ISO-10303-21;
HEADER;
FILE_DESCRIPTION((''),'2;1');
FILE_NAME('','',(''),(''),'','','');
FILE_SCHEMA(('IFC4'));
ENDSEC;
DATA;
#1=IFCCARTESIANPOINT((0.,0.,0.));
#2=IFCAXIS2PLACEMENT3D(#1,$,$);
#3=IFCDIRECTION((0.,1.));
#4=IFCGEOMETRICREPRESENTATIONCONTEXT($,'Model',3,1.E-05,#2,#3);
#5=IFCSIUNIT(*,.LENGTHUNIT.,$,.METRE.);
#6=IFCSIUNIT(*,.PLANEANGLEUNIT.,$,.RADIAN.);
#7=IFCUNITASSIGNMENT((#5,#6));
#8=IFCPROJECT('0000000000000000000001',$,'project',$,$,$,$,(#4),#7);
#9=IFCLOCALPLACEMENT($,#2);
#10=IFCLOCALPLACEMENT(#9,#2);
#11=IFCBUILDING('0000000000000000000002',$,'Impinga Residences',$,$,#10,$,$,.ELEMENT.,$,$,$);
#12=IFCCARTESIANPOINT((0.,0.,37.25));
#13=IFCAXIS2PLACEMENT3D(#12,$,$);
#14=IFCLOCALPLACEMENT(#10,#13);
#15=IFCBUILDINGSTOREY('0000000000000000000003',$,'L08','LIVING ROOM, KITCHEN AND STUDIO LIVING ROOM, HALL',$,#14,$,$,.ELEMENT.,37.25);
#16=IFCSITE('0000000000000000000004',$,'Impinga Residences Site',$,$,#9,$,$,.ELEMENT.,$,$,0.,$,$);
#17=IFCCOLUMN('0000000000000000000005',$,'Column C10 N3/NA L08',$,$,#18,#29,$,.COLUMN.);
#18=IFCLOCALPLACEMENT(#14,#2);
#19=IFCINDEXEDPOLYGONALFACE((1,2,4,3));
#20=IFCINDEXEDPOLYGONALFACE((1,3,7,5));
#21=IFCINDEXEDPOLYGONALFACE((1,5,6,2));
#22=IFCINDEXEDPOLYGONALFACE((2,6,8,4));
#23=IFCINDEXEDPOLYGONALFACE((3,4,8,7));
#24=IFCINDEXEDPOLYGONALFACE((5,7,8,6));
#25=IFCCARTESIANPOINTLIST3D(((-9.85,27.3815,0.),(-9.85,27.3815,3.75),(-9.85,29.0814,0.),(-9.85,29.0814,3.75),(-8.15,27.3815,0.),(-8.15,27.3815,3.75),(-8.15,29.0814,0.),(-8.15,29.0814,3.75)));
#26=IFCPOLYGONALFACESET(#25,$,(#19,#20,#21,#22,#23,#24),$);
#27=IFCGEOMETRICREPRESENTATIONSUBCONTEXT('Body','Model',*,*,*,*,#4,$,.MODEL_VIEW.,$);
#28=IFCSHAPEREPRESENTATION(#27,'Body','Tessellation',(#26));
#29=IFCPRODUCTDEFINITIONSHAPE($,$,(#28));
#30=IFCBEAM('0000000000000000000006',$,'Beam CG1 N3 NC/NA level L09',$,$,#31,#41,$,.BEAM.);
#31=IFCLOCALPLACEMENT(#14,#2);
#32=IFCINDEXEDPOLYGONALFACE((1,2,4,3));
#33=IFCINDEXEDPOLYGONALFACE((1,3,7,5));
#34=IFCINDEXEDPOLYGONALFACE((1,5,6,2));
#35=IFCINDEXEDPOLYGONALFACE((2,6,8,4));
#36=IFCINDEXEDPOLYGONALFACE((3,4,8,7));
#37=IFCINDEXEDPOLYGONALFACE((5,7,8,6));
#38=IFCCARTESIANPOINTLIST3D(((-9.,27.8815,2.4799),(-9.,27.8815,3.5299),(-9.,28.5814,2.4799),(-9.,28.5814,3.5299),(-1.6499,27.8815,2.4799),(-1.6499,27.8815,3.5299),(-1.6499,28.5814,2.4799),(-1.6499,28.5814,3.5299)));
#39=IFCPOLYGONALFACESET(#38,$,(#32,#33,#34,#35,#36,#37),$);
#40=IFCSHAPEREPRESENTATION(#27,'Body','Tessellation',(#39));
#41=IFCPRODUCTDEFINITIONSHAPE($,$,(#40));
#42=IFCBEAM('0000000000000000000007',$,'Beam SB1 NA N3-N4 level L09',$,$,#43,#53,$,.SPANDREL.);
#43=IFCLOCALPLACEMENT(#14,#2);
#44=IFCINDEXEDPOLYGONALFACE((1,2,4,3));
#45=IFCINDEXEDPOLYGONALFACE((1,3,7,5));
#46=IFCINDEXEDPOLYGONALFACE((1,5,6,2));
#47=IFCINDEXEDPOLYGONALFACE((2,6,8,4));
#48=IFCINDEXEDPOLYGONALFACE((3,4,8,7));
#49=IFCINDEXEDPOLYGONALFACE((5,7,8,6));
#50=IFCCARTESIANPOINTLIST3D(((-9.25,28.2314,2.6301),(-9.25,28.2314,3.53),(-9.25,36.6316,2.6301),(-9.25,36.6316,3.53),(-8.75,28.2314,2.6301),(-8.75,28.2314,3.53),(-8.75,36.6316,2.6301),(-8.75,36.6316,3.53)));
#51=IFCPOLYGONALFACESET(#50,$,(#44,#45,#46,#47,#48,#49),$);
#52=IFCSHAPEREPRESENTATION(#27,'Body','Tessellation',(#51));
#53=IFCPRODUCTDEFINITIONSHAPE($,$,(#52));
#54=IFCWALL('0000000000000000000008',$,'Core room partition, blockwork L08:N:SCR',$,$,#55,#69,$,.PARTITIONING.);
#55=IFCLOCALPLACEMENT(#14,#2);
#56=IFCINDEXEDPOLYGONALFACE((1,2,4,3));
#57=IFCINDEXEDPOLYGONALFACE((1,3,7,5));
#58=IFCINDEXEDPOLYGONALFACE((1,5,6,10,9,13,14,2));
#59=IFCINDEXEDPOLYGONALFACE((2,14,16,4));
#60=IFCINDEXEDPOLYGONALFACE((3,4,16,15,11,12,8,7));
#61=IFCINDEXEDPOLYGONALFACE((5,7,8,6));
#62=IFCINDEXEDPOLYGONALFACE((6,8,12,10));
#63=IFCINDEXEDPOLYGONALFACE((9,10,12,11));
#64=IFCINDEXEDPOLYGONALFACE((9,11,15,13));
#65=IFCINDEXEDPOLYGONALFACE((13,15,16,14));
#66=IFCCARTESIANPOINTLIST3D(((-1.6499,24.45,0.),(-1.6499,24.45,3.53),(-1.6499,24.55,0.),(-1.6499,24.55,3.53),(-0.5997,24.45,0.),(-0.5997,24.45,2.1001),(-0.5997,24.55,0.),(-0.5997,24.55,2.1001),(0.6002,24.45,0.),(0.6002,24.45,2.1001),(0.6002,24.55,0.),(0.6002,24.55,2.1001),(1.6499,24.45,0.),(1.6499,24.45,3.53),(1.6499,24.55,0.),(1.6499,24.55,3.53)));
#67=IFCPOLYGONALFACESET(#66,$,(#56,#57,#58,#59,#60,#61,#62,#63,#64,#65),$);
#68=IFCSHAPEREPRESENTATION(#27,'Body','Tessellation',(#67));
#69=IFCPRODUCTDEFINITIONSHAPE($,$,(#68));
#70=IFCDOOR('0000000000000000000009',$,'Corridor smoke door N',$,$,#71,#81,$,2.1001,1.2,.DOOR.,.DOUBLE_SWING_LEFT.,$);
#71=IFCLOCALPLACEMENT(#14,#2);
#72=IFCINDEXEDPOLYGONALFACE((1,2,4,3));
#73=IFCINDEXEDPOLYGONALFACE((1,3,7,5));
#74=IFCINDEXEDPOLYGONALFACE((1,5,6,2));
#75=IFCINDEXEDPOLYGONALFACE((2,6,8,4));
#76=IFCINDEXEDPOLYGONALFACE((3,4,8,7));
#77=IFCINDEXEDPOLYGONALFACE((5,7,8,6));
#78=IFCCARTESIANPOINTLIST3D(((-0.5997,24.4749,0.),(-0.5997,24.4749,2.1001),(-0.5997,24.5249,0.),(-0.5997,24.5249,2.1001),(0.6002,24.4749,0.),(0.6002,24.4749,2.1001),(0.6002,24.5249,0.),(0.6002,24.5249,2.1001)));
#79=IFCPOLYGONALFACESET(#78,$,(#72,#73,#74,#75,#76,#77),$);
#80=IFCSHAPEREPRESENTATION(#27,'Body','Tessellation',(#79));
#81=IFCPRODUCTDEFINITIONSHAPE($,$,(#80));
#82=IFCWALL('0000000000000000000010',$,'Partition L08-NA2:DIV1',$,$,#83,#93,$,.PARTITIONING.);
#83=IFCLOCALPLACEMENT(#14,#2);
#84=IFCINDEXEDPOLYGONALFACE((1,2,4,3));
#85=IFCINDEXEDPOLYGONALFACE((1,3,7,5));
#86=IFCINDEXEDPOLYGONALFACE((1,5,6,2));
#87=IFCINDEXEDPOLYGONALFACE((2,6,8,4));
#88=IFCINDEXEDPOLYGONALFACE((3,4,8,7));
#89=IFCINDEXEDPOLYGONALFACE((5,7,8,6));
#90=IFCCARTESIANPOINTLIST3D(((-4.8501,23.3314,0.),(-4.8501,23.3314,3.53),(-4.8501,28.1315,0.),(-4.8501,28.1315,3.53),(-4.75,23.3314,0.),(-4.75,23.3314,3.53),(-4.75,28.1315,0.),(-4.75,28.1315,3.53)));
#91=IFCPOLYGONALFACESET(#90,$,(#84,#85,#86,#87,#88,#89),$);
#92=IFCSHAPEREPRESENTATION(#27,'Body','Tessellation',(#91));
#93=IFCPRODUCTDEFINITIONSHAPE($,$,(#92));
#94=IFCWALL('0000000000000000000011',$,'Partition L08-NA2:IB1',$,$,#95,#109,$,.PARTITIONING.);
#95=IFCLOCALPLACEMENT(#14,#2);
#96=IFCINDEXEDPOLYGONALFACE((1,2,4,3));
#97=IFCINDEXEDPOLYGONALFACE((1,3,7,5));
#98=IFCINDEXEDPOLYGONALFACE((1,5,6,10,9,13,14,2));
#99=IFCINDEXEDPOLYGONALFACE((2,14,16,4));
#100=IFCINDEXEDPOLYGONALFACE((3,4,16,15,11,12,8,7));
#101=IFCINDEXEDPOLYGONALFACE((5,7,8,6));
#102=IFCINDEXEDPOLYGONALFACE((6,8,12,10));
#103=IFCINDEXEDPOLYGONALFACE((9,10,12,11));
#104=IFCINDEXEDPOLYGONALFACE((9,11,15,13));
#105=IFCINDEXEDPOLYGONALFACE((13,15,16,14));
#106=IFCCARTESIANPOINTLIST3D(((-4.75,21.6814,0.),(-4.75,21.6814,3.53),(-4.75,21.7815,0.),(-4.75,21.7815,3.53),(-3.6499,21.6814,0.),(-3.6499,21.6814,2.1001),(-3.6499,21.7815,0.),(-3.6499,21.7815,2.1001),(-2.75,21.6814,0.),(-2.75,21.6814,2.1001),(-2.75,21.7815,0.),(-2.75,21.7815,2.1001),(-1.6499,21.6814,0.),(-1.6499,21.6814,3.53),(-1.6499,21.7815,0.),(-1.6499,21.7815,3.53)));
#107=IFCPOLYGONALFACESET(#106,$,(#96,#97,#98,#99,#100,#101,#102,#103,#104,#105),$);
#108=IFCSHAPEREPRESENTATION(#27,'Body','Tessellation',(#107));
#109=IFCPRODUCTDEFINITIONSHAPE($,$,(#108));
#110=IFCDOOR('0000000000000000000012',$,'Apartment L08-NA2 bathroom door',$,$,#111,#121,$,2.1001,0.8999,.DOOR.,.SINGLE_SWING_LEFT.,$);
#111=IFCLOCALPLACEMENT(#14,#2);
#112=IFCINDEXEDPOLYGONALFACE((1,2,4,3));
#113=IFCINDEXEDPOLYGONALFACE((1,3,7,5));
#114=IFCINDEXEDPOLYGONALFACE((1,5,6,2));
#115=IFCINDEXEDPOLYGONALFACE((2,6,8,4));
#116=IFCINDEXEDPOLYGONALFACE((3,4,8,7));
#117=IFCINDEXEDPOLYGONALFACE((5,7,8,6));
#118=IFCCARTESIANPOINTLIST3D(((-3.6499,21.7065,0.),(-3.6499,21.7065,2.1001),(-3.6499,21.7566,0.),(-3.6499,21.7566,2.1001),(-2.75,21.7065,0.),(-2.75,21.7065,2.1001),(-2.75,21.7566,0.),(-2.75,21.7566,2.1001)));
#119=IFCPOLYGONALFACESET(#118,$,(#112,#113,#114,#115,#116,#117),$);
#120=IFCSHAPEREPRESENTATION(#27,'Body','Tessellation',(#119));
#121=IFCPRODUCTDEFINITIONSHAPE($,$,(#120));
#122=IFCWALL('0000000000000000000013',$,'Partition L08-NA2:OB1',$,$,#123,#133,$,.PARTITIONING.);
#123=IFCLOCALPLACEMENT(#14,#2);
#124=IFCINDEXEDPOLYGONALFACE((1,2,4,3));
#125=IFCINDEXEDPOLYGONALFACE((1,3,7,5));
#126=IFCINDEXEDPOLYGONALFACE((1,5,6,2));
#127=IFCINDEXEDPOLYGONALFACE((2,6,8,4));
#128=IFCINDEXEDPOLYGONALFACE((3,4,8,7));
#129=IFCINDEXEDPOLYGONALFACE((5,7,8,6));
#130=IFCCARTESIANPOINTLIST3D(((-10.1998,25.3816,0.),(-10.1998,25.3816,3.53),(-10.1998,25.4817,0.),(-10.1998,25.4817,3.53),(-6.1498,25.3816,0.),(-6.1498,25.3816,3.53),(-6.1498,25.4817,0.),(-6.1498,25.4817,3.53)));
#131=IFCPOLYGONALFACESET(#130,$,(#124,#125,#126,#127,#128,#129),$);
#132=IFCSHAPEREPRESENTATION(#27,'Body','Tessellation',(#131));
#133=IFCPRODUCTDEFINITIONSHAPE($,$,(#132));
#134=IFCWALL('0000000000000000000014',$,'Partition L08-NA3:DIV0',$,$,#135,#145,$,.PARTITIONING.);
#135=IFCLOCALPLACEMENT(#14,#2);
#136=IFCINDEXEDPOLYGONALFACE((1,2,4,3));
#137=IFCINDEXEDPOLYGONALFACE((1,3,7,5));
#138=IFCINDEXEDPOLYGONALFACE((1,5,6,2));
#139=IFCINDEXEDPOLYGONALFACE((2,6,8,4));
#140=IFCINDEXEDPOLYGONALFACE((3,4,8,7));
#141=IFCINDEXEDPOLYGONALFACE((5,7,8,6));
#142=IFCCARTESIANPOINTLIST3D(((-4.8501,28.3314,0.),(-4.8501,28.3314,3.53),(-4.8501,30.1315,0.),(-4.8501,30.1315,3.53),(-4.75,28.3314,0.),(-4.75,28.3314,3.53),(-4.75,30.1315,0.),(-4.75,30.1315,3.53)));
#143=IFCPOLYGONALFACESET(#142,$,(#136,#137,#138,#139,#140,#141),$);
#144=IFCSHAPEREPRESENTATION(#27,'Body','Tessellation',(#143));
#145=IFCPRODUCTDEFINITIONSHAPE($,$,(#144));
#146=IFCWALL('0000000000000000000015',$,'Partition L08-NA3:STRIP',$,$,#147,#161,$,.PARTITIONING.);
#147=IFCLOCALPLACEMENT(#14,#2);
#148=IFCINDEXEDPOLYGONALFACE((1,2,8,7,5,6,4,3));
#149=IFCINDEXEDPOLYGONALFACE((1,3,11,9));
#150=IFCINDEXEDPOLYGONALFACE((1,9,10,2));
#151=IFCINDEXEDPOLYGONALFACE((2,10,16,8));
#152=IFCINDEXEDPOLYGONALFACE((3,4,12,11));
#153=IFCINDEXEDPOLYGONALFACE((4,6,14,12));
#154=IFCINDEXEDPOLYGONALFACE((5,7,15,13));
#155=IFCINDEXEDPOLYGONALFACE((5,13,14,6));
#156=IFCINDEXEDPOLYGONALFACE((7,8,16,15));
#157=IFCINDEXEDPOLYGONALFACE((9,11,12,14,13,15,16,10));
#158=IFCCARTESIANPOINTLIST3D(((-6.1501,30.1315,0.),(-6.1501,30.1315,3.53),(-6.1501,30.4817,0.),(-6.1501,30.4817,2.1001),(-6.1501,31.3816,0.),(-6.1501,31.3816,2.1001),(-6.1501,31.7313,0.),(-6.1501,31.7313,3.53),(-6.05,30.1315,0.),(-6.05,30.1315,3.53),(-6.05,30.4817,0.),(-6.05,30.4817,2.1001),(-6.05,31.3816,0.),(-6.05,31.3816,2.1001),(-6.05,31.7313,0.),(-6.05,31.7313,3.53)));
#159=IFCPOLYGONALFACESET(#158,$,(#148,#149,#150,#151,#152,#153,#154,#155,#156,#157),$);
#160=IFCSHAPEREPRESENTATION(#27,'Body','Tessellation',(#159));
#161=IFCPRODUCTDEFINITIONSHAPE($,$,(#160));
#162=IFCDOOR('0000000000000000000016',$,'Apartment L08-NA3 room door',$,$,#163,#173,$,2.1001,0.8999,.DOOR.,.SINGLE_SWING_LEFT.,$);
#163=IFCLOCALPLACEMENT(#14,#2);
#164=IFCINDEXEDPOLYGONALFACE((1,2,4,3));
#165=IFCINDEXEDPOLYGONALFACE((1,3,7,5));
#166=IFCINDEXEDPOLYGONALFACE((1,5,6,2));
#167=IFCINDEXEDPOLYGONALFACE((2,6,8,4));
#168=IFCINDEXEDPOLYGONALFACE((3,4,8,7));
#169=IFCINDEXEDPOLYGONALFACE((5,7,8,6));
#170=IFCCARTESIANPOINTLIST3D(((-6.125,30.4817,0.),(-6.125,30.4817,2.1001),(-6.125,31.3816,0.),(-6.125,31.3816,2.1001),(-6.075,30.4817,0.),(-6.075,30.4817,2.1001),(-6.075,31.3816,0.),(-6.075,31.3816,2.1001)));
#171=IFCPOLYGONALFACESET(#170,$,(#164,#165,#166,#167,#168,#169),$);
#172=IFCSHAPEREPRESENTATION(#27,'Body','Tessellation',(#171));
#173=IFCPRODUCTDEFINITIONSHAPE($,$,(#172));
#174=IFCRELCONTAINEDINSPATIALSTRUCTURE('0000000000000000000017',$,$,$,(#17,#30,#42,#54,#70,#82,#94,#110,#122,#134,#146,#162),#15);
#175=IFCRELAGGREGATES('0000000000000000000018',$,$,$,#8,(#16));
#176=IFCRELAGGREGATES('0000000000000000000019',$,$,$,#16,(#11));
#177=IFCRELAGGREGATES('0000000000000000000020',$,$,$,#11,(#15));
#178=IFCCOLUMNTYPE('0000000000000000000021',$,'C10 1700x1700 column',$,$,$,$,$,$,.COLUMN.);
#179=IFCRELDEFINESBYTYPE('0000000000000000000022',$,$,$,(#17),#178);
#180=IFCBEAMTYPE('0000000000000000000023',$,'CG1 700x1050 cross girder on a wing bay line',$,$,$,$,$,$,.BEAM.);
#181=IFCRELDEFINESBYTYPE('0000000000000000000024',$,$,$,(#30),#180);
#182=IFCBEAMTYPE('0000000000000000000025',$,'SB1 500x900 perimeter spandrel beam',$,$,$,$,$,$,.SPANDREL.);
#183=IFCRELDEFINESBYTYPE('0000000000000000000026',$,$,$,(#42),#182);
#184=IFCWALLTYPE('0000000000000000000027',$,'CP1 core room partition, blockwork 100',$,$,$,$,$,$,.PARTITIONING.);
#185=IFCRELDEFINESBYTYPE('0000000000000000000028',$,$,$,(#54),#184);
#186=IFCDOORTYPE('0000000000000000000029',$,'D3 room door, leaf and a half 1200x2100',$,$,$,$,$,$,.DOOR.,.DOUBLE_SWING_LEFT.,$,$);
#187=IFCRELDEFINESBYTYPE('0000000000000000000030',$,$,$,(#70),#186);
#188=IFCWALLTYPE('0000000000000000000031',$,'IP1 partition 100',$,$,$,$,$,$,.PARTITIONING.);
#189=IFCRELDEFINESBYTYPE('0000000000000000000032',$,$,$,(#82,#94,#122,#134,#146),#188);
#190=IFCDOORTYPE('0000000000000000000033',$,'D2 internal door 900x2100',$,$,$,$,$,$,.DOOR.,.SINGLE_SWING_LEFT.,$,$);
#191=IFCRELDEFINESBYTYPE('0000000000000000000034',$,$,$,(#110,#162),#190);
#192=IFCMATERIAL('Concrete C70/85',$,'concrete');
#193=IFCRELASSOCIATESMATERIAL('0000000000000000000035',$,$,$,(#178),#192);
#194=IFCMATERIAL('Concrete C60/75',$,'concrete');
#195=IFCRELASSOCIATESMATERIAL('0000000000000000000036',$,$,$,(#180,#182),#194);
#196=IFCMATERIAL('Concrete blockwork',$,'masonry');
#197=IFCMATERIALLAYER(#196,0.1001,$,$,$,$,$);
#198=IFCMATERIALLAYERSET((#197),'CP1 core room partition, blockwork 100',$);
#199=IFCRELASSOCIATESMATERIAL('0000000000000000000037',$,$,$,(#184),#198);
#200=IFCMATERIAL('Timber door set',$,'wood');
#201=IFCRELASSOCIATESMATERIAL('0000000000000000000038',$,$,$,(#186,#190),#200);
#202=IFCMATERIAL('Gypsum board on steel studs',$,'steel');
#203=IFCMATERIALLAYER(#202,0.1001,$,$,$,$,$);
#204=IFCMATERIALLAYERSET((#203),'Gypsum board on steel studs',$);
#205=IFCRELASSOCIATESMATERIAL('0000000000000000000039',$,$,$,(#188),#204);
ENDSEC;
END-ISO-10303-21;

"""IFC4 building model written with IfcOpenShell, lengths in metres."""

from ifc_helpers import new_model, si_unit, direction, frame, frame_2d, origin, origin_2d, place, context, subcontext, project, spatial, rectangle, extrude, material, layer, layer_set, material_profile, profile_set, type_object, element, fill, save


model = new_model("IFC4")

# Units and contexts
model_context = context("Model", 3, precision=1e-05, world=origin(), true_north=direction((0.0, 1.0)))
body_context = subcontext(model_context, "Body", "Model", "MODEL_VIEW")
ifc_project = project(units=[si_unit("LENGTHUNIT", "METRE"), si_unit("PLANEANGLEUNIT", "RADIAN")], contexts=[model_context])

# Site, building, storey
site_placement = place(None, origin())
site = spatial("IfcSite", under=ifc_project, at=site_placement, Name="Impinga Residences Site", CompositionType="ELEMENT", RefElevation=0.0)
building_placement = place(site_placement, origin())
building = spatial("IfcBuilding", under=site, at=building_placement, Name="Impinga Residences", CompositionType="ELEMENT")
storey_placement = place(building_placement, frame((0.0, 0.0, 37.25)))
storey = spatial("IfcBuildingStorey", under=building, at=storey_placement, Name="L08", Description="LIVING ROOM, KITCHEN AND STUDIO LIVING ROOM, HALL", CompositionType="ELEMENT", Elevation=37.25)

# Column
ifc_material_1 = material(Name="Concrete C70/85", Category="concrete")
ifc_material_profile_1 = material_profile(ifc_material_1, rectangle(XDim=1.7, YDim=1.7, at=origin_2d()), Name="RC 1700x1700")
ifc_profile_set_1 = profile_set([ifc_material_profile_1], Name="Concrete C70/85")
column_type = type_object("IfcColumnType", Name="C10 1700x1700 column", PredefinedType="COLUMN", material=ifc_profile_set_1)
column_placement = place(storey_placement, frame((-9.0, 28.2314, 0.0), z_axis=(0.0, 0.0, 1.0), x_axis=(1.0, 0.0, 0.0)))
element("IfcColumn", 1, at=column_placement, inside=storey, type_object=column_type, Name="Column C10 N3/NA L08", PredefinedType="COLUMN", context=body_context, shape_type="SweptSolid", body=[
    extrude(rectangle(XDim=1.7, YDim=1.7, at=origin_2d()), origin(), (0.0, 0.0, 1.0), 3.75),
])

# Beams
ifc_material_2 = material(Name="Concrete C60/75", Category="concrete")
ifc_material_profile_2 = material_profile(ifc_material_2, rectangle(XDim=0.7, YDim=1.05, at=origin_2d()), Name="RC 700x1050")
ifc_profile_set_2 = profile_set([ifc_material_profile_2], Name="Concrete C60/75")
beam_type_1 = type_object("IfcBeamType", Name="CG1 700x1050 cross girder on a wing bay line", PredefinedType="BEAM", material=ifc_profile_set_2)
beam_1_placement = place(storey_placement, frame((-1.6499, 28.2314, 3.0049), z_axis=(-1.0, 0.0, 0.0), x_axis=(0.0, -1.0, 0.0)))
element("IfcBeam", 2, at=beam_1_placement, inside=storey, type_object=beam_type_1, Name="Beam CG1 N3 NC/NA level L09", PredefinedType="BEAM", context=body_context, shape_type="SweptSolid", body=[
    extrude(rectangle(XDim=0.7, YDim=1.05, at=origin_2d()), origin(), (0.0, 0.0, 1.0), 7.3501),
])
ifc_material_profile_3 = material_profile(ifc_material_2, rectangle(XDim=0.5, YDim=0.8999, at=origin_2d()), Name="RC 500x900")
ifc_profile_set_3 = profile_set([ifc_material_profile_3], Name="Concrete C60/75")
beam_type_2 = type_object("IfcBeamType", Name="SB1 500x900 perimeter spandrel beam", PredefinedType="SPANDREL", material=ifc_profile_set_3)
beam_2_placement = place(storey_placement, frame((-9.0, 28.2314, 3.0801), z_axis=(0.0, 1.0, 0.0), x_axis=(-1.0, 0.0, 0.0)))
element("IfcBeam", 3, at=beam_2_placement, inside=storey, type_object=beam_type_2, Name="Beam SB1 NA N3-N4 level L09", PredefinedType="SPANDREL", context=body_context, shape_type="SweptSolid", body=[
    extrude(rectangle(XDim=0.5, YDim=0.8999, at=origin_2d()), origin(), (0.0, 0.0, 1.0), 8.4001),
])

# Wall, opening, door
ifc_material_3 = material(Name="Concrete blockwork", Category="masonry")
ifc_layer_1 = layer(ifc_material_3, 0.1001)
ifc_layer_set_1 = layer_set([ifc_layer_1], Name="CP1 core room partition, blockwork 100")
wall_type_1 = type_object("IfcWallType", Name="CP1 core room partition, blockwork 100", PredefinedType="PARTITIONING", material=ifc_layer_set_1)
wall_1_placement = place(storey_placement, frame((-1.6499, 24.5, 0.0), z_axis=(0.0, 0.0, 1.0), x_axis=(1.0, 0.0, 0.0)))
wall_1 = element("IfcWall", 4, at=wall_1_placement, inside=storey, type_object=wall_type_1, Name="Core room partition, blockwork L08:N:SCR", PredefinedType="PARTITIONING", context=body_context, shape_type="SweptSolid", body=[
    extrude(rectangle(XDim=3.2998, YDim=0.1001, at=frame_2d((1.6499, 0.0))), origin(), (0.0, 0.0, 1.0), 3.53),
])
opening_1_placement = place(wall_1_placement, frame((1.05, 0.0, 0.0)))
opening_1 = element("IfcOpeningElement", 5, at=opening_1_placement, cuts=wall_1, PredefinedType="OPENING", context=body_context, shape_type="SweptSolid", body=[
    extrude(rectangle(XDim=1.2, YDim=2.1001, at=frame_2d((0.6001, 1.05))), frame((0.0, 0.0601, 0.0), z_axis=(0.0, -1.0, 0.0), x_axis=(1.0, 0.0, 0.0)), (0.0, 0.0, 1.0), 0.1201),
])
ifc_material_4 = material(Name="Timber door set", Category="wood")
door_type_1 = type_object("IfcDoorType", Name="D3 room door, leaf and a half 1200x2100", OperationType="DOUBLE_SWING_LEFT", PredefinedType="DOOR", material=ifc_material_4)
door_1_placement = place(opening_1_placement, origin())
door_1 = element("IfcDoor", 6, at=door_1_placement, inside=storey, type_object=door_type_1, Name="Corridor smoke door N", OperationType="DOUBLE_SWING_LEFT", OverallHeight=2.1001, OverallWidth=1.2, PredefinedType="DOOR", context=body_context, shape_type="SweptSolid", body=[
    extrude(rectangle(XDim=1.2, YDim=2.1001, at=frame_2d((0.6001, 1.05))), frame((0.0, 0.0249, 0.0), z_axis=(0.0, -1.0, 0.0), x_axis=(1.0, 0.0, 0.0)), (0.0, 0.0, 1.0), 0.05),
])
fill(opening_1, door_1)

# Wall
ifc_material_5 = material(Name="Gypsum board on steel studs", Category="steel")
ifc_layer_2 = layer(ifc_material_5, 0.1001)
ifc_layer_set_2 = layer_set([ifc_layer_2], Name="Gypsum board on steel studs")
wall_type_2 = type_object("IfcWallType", Name="IP1 partition 100", PredefinedType="PARTITIONING", material=ifc_layer_set_2)
wall_2_placement = place(storey_placement, frame((-4.8, 23.3315, 0.0), z_axis=(0.0, 0.0, 1.0), x_axis=(0.0, 1.0, 0.0)))
element("IfcWall", 7, at=wall_2_placement, inside=storey, type_object=wall_type_2, Name="Partition L08-NA2:DIV1", PredefinedType="PARTITIONING", context=body_context, shape_type="SweptSolid", body=[
    extrude(rectangle(XDim=4.8, YDim=0.1001, at=frame_2d((2.3999, 0.0))), origin(), (0.0, 0.0, 1.0), 3.53),
])

# Wall, opening, door
wall_3_placement = place(storey_placement, frame((-1.6499, 21.7314, 0.0), z_axis=(0.0, 0.0, 1.0), x_axis=(-1.0, 0.0, 0.0)))
wall_3 = element("IfcWall", 8, at=wall_3_placement, inside=storey, type_object=wall_type_2, Name="Partition L08-NA2:IB1", PredefinedType="PARTITIONING", context=body_context, shape_type="SweptSolid", body=[
    extrude(rectangle(XDim=3.1001, YDim=0.1001, at=frame_2d((1.55, 0.0))), origin(), (0.0, 0.0, 1.0), 3.53),
])
opening_2_placement = place(wall_3_placement, frame((1.1001, 0.0, 0.0)))
opening_2 = element("IfcOpeningElement", 9, at=opening_2_placement, cuts=wall_3, PredefinedType="OPENING", context=body_context, shape_type="SweptSolid", body=[
    extrude(rectangle(XDim=0.8999, YDim=2.1001, at=frame_2d((0.45, 1.05))), frame((0.0, 0.0601, 0.0), z_axis=(0.0, -1.0, 0.0), x_axis=(1.0, 0.0, 0.0)), (0.0, 0.0, 1.0), 0.1201),
])
door_type_2 = type_object("IfcDoorType", Name="D2 internal door 900x2100", OperationType="SINGLE_SWING_LEFT", PredefinedType="DOOR", material=ifc_material_4)
door_2_placement = place(opening_2_placement, origin())
door_2 = element("IfcDoor", 10, at=door_2_placement, inside=storey, type_object=door_type_2, Name="Apartment L08-NA2 bathroom door", OperationType="SINGLE_SWING_LEFT", OverallHeight=2.1001, OverallWidth=0.8999, PredefinedType="DOOR", context=body_context, shape_type="SweptSolid", body=[
    extrude(rectangle(XDim=0.8999, YDim=2.1001, at=frame_2d((0.45, 1.05))), frame((0.0, 0.0249, 0.0), z_axis=(0.0, -1.0, 0.0), x_axis=(1.0, 0.0, 0.0)), (0.0, 0.0, 1.0), 0.05),
])
fill(opening_2, door_2)

# Walls
wall_4_placement = place(storey_placement, frame((-6.1499, 25.4316, 0.0), z_axis=(0.0, 0.0, 1.0), x_axis=(-1.0, 0.0, 0.0)))
element("IfcWall", 11, at=wall_4_placement, inside=storey, type_object=wall_type_2, Name="Partition L08-NA2:OB1", PredefinedType="PARTITIONING", context=body_context, shape_type="SweptSolid", body=[
    extrude(rectangle(XDim=4.05, YDim=0.1001, at=frame_2d((2.0249, 0.0))), origin(), (0.0, 0.0, 1.0), 3.53),
])
wall_5_placement = place(storey_placement, frame((-4.8, 28.3315, 0.0), z_axis=(0.0, 0.0, 1.0), x_axis=(0.0, 1.0, 0.0)))
element("IfcWall", 12, at=wall_5_placement, inside=storey, type_object=wall_type_2, Name="Partition L08-NA3:DIV0", PredefinedType="PARTITIONING", context=body_context, shape_type="SweptSolid", body=[
    extrude(rectangle(XDim=1.8, YDim=0.1001, at=frame_2d((0.8999, 0.0))), origin(), (0.0, 0.0, 1.0), 3.53),
])

# Wall, opening, door
wall_6_placement = place(storey_placement, frame((-6.1001, 30.1316, 0.0), z_axis=(0.0, 0.0, 1.0), x_axis=(0.0, 1.0, 0.0)))
wall_6 = element("IfcWall", 13, at=wall_6_placement, inside=storey, type_object=wall_type_2, Name="Partition L08-NA3:STRIP", PredefinedType="PARTITIONING", context=body_context, shape_type="SweptSolid", body=[
    extrude(rectangle(XDim=1.5999, YDim=0.1001, at=frame_2d((0.7998, 0.0))), origin(), (0.0, 0.0, 1.0), 3.53),
])
opening_3_placement = place(wall_6_placement, frame((0.3501, 0.0, 0.0)))
opening_3 = element("IfcOpeningElement", 14, at=opening_3_placement, cuts=wall_6, PredefinedType="OPENING", context=body_context, shape_type="SweptSolid", body=[
    extrude(rectangle(XDim=0.8999, YDim=2.1001, at=frame_2d((0.45, 1.05))), frame((0.0, 0.0601, 0.0), z_axis=(0.0, -1.0, 0.0), x_axis=(1.0, 0.0, 0.0)), (0.0, 0.0, 1.0), 0.1201),
])
door_3_placement = place(opening_3_placement, origin())
door_3 = element("IfcDoor", 15, at=door_3_placement, inside=storey, type_object=door_type_2, Name="Apartment L08-NA3 room door", OperationType="SINGLE_SWING_LEFT", OverallHeight=2.1001, OverallWidth=0.8999, PredefinedType="DOOR", context=body_context, shape_type="SweptSolid", body=[
    extrude(rectangle(XDim=0.8999, YDim=2.1001, at=frame_2d((0.45, 1.05))), frame((0.0, 0.0249, 0.0), z_axis=(0.0, -1.0, 0.0), x_axis=(1.0, 0.0, 0.0)), (0.0, 0.0, 1.0), 0.05),
])
fill(opening_3, door_3)

save(model, "model.ifc")
